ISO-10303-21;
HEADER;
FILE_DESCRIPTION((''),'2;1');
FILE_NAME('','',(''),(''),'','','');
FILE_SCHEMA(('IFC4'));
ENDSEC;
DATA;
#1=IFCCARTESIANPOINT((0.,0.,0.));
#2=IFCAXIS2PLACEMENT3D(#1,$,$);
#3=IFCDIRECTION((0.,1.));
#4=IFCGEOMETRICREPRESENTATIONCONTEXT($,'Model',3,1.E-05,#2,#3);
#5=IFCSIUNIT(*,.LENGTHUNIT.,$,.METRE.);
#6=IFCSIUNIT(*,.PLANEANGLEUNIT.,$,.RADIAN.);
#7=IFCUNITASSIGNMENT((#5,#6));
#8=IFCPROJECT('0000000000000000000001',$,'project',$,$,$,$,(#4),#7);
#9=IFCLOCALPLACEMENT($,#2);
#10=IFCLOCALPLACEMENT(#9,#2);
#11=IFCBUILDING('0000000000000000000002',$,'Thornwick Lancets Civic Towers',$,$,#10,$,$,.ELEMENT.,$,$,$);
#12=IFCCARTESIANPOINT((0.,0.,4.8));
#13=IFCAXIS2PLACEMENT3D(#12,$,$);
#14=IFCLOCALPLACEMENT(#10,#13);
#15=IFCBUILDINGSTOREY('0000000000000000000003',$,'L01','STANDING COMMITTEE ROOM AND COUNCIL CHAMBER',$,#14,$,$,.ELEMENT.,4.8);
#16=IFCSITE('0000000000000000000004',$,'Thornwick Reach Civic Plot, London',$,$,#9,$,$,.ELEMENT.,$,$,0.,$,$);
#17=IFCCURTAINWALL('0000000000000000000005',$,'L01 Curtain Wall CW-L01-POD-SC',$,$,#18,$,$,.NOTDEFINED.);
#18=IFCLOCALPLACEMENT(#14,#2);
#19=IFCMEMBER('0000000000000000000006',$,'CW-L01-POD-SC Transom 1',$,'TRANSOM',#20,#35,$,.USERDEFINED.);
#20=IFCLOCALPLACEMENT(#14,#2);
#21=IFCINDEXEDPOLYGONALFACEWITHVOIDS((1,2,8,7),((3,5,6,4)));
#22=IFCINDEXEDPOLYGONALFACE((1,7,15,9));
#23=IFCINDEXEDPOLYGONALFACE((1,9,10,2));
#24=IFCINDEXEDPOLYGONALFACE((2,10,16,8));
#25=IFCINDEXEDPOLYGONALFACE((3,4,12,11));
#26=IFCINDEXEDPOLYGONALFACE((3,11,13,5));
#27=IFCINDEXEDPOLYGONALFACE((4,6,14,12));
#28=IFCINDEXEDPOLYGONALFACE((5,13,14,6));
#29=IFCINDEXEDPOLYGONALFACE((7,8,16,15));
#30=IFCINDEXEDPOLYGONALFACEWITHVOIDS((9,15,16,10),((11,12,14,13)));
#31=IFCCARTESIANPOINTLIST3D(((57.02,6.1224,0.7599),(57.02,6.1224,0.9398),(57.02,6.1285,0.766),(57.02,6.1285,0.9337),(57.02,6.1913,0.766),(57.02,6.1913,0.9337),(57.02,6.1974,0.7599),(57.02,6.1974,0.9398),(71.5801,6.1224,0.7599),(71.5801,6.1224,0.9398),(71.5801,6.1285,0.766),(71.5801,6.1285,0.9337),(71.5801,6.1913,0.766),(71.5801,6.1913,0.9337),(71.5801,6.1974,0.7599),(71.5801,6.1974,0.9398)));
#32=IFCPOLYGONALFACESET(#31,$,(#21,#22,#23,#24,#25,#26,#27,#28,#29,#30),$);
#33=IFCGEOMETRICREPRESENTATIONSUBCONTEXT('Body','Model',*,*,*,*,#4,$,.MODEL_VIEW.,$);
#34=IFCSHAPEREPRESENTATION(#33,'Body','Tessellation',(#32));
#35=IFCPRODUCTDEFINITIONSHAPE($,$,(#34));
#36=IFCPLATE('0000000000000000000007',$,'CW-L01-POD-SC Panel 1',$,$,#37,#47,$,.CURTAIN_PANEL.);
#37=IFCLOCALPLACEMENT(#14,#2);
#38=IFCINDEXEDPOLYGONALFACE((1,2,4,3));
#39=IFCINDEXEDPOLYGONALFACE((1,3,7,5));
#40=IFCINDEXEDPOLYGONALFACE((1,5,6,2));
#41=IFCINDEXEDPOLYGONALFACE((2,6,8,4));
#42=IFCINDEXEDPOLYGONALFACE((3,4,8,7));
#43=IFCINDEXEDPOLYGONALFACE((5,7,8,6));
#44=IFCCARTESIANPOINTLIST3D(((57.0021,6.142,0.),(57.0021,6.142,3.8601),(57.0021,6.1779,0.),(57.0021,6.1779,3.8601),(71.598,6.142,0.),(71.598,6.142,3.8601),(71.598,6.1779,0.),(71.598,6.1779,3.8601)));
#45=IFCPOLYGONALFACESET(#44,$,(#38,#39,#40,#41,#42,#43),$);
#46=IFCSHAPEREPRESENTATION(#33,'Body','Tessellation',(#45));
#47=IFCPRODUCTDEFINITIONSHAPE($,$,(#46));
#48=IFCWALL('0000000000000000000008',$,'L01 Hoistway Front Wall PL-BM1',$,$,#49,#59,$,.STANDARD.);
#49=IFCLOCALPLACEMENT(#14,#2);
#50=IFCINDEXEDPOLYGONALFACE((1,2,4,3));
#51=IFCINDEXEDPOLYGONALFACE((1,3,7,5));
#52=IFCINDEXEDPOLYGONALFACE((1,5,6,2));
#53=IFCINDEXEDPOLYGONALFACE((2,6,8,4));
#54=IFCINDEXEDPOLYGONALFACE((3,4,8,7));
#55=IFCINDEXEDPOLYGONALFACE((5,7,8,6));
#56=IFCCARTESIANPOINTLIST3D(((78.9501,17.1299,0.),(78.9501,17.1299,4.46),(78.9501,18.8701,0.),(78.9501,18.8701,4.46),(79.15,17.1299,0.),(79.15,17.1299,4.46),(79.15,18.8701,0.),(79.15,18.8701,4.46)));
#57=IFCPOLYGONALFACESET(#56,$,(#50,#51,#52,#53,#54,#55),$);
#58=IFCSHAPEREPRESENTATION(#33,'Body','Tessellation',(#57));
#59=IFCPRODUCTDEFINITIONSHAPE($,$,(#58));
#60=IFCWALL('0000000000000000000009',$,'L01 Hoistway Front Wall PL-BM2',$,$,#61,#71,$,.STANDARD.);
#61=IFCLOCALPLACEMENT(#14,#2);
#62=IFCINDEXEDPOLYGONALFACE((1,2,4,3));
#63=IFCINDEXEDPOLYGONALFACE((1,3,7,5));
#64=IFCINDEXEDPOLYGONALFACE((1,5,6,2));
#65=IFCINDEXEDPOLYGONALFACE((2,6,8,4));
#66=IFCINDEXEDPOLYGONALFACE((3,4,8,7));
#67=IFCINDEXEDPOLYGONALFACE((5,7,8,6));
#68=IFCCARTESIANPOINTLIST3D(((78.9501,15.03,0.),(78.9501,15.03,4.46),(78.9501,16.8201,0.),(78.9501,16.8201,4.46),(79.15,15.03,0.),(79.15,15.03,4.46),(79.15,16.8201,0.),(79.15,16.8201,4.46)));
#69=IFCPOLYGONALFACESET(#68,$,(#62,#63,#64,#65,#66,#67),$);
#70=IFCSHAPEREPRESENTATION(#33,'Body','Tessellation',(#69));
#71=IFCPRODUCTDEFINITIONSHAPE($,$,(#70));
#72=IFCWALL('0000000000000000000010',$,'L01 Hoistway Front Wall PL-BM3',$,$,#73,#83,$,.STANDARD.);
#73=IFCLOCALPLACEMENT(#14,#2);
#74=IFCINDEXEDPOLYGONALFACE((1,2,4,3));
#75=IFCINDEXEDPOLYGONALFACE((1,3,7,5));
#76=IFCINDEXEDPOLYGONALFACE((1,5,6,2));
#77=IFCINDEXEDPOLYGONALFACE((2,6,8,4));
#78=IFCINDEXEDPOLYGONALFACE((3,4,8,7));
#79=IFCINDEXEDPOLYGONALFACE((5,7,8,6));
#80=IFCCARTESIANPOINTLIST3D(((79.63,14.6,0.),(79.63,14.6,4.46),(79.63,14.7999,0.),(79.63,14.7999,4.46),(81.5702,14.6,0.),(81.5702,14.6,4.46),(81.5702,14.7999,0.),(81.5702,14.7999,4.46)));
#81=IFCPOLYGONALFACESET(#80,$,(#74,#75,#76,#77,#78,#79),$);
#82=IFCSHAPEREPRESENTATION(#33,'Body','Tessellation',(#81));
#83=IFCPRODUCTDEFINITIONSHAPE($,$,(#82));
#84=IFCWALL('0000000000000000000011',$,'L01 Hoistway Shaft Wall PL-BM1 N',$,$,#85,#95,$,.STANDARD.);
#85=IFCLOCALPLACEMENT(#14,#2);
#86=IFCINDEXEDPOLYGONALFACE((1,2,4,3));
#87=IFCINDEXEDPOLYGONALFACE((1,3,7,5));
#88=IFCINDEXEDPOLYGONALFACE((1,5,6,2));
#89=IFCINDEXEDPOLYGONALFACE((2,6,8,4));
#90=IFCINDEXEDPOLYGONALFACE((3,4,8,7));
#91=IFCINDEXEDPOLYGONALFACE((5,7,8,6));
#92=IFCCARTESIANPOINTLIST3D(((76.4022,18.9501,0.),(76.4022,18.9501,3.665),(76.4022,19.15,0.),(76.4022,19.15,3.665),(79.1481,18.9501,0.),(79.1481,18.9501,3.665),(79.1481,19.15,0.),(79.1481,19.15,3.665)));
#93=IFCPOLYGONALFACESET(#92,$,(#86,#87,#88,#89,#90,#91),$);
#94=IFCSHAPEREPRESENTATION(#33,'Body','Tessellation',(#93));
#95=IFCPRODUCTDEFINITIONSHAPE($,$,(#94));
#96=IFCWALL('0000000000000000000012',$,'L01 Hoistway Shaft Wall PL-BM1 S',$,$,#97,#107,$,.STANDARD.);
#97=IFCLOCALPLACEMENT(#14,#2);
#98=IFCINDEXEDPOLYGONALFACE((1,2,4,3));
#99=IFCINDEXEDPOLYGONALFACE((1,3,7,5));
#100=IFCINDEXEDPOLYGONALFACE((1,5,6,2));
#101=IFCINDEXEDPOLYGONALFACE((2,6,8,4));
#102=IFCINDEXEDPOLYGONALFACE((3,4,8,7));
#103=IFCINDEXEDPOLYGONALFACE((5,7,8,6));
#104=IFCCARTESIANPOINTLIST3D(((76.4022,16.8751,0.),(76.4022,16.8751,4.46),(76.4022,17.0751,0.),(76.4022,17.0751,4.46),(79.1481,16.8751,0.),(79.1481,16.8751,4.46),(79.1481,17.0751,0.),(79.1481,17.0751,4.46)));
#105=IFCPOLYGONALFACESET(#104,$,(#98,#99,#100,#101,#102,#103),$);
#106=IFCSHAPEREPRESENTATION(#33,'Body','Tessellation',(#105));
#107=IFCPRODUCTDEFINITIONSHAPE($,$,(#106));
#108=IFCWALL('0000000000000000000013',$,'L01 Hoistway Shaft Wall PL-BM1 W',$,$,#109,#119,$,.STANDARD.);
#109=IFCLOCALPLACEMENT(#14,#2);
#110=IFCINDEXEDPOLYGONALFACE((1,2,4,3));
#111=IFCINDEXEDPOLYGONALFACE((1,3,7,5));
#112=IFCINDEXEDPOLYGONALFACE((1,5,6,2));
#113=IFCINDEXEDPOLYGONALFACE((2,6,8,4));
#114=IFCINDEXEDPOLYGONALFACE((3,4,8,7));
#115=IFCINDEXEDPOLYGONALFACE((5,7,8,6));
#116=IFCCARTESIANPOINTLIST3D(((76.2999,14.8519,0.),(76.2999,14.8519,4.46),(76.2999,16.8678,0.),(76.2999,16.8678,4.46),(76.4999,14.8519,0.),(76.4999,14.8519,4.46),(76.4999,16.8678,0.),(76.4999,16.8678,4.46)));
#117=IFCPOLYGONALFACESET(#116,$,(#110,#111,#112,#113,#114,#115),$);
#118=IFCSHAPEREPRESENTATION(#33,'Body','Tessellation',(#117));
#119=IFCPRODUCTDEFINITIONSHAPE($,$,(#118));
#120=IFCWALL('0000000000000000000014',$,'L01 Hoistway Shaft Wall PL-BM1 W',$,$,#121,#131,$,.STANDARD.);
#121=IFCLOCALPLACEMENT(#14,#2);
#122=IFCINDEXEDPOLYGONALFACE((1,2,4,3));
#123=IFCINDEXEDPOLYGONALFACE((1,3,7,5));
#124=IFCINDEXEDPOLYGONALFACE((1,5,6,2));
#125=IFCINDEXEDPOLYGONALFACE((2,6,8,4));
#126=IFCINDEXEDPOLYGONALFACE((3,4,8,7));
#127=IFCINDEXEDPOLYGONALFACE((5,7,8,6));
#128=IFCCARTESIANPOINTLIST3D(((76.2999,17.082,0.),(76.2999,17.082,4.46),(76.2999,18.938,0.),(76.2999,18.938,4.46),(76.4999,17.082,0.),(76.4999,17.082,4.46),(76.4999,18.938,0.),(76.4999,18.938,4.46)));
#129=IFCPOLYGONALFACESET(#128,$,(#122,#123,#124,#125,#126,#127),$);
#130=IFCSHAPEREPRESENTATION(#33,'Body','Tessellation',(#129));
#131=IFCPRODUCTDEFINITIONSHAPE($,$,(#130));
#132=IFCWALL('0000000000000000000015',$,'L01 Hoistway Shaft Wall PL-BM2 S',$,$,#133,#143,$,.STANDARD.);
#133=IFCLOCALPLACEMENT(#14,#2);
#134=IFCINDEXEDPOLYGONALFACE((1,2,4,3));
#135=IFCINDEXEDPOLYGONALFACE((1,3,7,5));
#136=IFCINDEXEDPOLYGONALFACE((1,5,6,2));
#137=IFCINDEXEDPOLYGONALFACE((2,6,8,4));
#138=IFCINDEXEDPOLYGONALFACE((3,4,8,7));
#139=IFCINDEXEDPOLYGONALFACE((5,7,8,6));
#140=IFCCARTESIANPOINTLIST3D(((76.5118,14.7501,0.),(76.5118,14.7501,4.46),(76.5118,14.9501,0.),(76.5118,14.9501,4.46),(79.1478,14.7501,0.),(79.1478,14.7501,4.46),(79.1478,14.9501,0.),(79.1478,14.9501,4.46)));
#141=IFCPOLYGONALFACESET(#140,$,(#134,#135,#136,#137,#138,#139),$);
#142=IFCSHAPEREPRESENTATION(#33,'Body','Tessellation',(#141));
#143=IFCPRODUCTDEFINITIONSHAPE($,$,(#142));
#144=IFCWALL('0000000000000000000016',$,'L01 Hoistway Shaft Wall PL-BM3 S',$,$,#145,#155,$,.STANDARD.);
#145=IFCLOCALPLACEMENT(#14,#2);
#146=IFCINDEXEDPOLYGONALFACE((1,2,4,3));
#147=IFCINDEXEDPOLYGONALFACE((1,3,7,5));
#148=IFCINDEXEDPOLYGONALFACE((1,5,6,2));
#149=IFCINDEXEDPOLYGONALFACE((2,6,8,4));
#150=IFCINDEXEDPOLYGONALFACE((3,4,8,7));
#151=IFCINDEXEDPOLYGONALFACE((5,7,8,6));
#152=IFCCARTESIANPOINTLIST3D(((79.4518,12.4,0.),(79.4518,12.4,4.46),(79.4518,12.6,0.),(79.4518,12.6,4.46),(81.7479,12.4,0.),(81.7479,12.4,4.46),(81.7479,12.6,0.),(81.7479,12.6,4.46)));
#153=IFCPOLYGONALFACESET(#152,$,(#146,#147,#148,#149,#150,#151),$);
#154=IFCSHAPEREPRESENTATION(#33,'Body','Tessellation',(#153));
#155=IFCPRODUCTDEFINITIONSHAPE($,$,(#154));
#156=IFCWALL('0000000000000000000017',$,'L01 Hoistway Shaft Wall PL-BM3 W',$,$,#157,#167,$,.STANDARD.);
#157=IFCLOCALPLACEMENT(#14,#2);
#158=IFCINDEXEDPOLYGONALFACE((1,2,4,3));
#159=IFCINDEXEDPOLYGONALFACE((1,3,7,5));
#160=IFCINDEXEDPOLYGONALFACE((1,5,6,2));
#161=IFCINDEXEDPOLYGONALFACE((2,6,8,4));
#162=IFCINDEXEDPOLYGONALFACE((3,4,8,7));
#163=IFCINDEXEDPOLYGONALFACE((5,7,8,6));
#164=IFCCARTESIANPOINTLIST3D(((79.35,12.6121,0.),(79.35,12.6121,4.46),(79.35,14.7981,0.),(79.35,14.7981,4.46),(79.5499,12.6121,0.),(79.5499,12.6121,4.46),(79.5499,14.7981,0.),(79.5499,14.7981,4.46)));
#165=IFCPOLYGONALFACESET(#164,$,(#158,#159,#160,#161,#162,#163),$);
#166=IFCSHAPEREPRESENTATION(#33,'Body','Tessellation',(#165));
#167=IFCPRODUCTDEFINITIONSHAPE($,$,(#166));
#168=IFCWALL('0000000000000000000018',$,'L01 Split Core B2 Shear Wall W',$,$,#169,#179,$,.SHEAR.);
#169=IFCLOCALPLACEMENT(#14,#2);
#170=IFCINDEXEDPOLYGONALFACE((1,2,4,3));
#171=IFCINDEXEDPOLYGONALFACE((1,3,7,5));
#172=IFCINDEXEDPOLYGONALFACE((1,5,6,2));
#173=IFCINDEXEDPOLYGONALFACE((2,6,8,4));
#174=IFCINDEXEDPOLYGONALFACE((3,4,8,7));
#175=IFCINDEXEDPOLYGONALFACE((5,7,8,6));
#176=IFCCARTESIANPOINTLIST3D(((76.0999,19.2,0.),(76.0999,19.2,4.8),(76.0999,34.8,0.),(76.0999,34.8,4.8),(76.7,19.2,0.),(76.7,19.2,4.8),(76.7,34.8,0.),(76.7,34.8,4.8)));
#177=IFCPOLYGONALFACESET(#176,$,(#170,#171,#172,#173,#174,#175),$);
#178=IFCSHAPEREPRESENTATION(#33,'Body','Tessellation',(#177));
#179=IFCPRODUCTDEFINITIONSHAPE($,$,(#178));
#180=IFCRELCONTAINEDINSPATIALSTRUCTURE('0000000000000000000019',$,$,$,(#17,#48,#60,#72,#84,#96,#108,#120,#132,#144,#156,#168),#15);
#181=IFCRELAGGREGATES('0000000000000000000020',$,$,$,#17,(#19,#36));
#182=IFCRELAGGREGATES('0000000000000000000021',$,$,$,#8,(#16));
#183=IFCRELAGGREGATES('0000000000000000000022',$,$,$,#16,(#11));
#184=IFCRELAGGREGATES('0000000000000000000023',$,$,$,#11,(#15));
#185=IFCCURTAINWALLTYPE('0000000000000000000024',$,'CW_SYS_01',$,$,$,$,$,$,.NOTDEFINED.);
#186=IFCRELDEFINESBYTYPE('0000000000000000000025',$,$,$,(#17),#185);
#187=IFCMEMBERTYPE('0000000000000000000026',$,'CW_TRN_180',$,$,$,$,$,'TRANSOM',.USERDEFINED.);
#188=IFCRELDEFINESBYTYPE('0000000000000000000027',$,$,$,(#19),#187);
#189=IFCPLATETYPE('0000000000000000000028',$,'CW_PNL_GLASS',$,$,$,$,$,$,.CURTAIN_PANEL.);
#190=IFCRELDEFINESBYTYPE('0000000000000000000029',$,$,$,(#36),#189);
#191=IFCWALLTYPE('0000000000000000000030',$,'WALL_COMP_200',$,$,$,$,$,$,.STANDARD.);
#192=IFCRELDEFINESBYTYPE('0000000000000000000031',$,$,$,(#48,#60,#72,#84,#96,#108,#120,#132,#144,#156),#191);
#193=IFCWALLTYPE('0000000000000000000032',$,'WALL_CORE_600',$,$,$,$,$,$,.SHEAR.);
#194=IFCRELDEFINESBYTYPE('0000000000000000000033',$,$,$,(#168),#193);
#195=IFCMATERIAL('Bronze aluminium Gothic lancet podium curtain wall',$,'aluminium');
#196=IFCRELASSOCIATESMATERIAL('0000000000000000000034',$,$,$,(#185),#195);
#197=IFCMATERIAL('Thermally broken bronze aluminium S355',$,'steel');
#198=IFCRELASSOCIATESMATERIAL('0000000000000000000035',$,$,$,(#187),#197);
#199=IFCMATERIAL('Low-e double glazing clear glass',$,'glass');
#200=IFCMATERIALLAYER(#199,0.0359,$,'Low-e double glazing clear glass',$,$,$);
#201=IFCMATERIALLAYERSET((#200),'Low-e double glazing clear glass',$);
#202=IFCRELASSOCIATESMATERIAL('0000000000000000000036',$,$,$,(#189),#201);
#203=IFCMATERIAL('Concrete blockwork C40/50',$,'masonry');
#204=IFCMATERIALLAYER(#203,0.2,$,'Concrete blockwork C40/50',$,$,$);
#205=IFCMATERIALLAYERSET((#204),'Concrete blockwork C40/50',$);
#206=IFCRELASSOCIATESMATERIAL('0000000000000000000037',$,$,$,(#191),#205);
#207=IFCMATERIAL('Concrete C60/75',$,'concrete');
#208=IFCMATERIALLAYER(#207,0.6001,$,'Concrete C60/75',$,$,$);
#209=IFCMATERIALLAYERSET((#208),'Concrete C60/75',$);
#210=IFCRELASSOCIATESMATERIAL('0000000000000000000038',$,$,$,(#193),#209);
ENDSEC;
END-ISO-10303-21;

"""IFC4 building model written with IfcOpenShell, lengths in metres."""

from ifc_helpers import new_model, si_unit, direction, frame, frame_2d, origin, origin_2d, place, context, subcontext, project, spatial, rectangle, hollow_rectangle, extrude, material, layer, layer_set, material_profile, profile_set, type_object, element, aggregate, save


model = new_model("IFC4")

# Units and contexts
model_context = context("Model", 3, precision=1e-05, world=origin(), true_north=direction((0.0, 1.0)))
body_context = subcontext(model_context, "Body", "Model", "MODEL_VIEW")
ifc_project = project(units=[si_unit("LENGTHUNIT", "METRE"), si_unit("PLANEANGLEUNIT", "RADIAN")], contexts=[model_context])

# Site, building, storey
site_placement = place(None, origin())
site = spatial("IfcSite", under=ifc_project, at=site_placement, Name="Thornwick Reach Civic Plot, London", CompositionType="ELEMENT", RefElevation=0.0)
building_placement = place(site_placement, origin())
building = spatial("IfcBuilding", under=site, at=building_placement, Name="Thornwick Lancets Civic Towers", CompositionType="ELEMENT")
storey_placement = place(building_placement, frame((0.0, 0.0, 4.8)))
storey = spatial("IfcBuildingStorey", under=building, at=storey_placement, Name="L01", Description="STANDING COMMITTEE ROOM AND COUNCIL CHAMBER", CompositionType="ELEMENT", Elevation=4.8)

# Shared definitions
ifc_material_1 = material(Name="Concrete C60/75", Category="concrete")

# Curtain wall, member, plate
ifc_material_2 = material(Name="Bronze aluminium Gothic lancet podium curtain wall", Category="aluminium")
curtain_wall_type = type_object("IfcCurtainWallType", Name="CW_SYS_01", PredefinedType="NOTDEFINED", material=ifc_material_2)
curtain_wall_placement = place(storey_placement, origin())
curtain_wall = element("IfcCurtainWall", 1, at=curtain_wall_placement, inside=storey, type_object=curtain_wall_type, Name="L01 Curtain Wall CW-L01-POD-SC", PredefinedType="NOTDEFINED")
ifc_material_3 = material(Name="Thermally broken bronze aluminium S355", Category="steel")
ifc_material_profile_1 = material_profile(ifc_material_3, hollow_rectangle(XDim=0.075, YDim=0.1799, WallThickness=0.0061, at=origin_2d()), Name="RHS 180x75x6")
ifc_profile_set_1 = profile_set([ifc_material_profile_1], Name="Thermally broken bronze aluminium S355")
member_type_1 = type_object("IfcMemberType", Name="CW_TRN_180", ElementType="TRANSOM", PredefinedType="USERDEFINED", material=ifc_profile_set_1)
member_1_placement = place(storey_placement, frame((57.02, 6.1599, 0.8499), z_axis=(1.0, 0.0, 0.0), x_axis=(0.0, 1.0, 0.0)))
member_1 = element("IfcMember", 2, at=member_1_placement, type_object=member_type_1, Name="CW-L01-POD-SC Transom 1", ObjectType="TRANSOM", PredefinedType="USERDEFINED", context=body_context, shape_type="SweptSolid", body=[
    extrude(hollow_rectangle(XDim=0.075, YDim=0.1799, WallThickness=0.0061, at=origin_2d()), origin(), (0.0, 0.0, 1.0), 14.5601),
])
ifc_material_4 = material(Name="Low-e double glazing clear glass", Category="glass")
ifc_layer_1 = layer(ifc_material_4, 0.0359, Name="Low-e double glazing clear glass")
ifc_layer_set_1 = layer_set([ifc_layer_1], Name="Low-e double glazing clear glass")
plate_type = type_object("IfcPlateType", Name="CW_PNL_GLASS", PredefinedType="CURTAIN_PANEL", material=ifc_layer_set_1)
plate_placement = place(storey_placement, frame((64.3, 6.1599, 0.0), z_axis=(0.0, 0.0, 1.0), x_axis=(1.0, 0.0, 0.0)))
plate = element("IfcPlate", 3, at=plate_placement, type_object=plate_type, Name="CW-L01-POD-SC Panel 1", PredefinedType="CURTAIN_PANEL", context=body_context, shape_type="SweptSolid", body=[
    extrude(rectangle(XDim=14.5959, YDim=0.0359, at=origin_2d()), origin(), (0.0, 0.0, 1.0), 3.8601),
])
aggregate(curtain_wall, [member_1, plate])

# Walls
ifc_material_5 = material(Name="Concrete blockwork C40/50", Category="masonry")
ifc_layer_2 = layer(ifc_material_5, 0.2, Name="Concrete blockwork C40/50")
ifc_layer_set_2 = layer_set([ifc_layer_2], Name="Concrete blockwork C40/50")
wall_type_1 = type_object("IfcWallType", Name="WALL_COMP_200", PredefinedType="STANDARD", material=ifc_layer_set_2)
wall_1_placement = place(storey_placement, frame((79.05, 17.1299, 0.0), z_axis=(0.0, 0.0, 1.0), x_axis=(0.0, 1.0, 0.0)))
element("IfcWall", 4, at=wall_1_placement, inside=storey, type_object=wall_type_1, Name="L01 Hoistway Front Wall PL-BM1", PredefinedType="STANDARD", context=body_context, shape_type="SweptSolid", body=[
    extrude(rectangle(XDim=1.7402, YDim=0.2, at=frame_2d((0.8701, 0.0))), origin(), (0.0, 0.0, 1.0), 4.46),
])
wall_2_placement = place(storey_placement, frame((79.05, 15.03, 0.0), z_axis=(0.0, 0.0, 1.0), x_axis=(0.0, 1.0, 0.0)))
element("IfcWall", 5, at=wall_2_placement, inside=storey, type_object=wall_type_1, Name="L01 Hoistway Front Wall PL-BM2", PredefinedType="STANDARD", context=body_context, shape_type="SweptSolid", body=[
    extrude(rectangle(XDim=1.79, YDim=0.2, at=frame_2d((0.895, 0.0))), origin(), (0.0, 0.0, 1.0), 4.46),
])
wall_3_placement = place(storey_placement, frame((79.6299, 14.7, 0.0), z_axis=(0.0, 0.0, 1.0), x_axis=(1.0, 0.0, 0.0)))
element("IfcWall", 6, at=wall_3_placement, inside=storey, type_object=wall_type_1, Name="L01 Hoistway Front Wall PL-BM3", PredefinedType="STANDARD", context=body_context, shape_type="SweptSolid", body=[
    extrude(rectangle(XDim=1.9402, YDim=0.2, at=frame_2d((0.9702, 0.0))), origin(), (0.0, 0.0, 1.0), 4.46),
])
wall_4_placement = place(storey_placement, frame((76.4021, 19.05, 0.0), z_axis=(0.0, 0.0, 1.0), x_axis=(1.0, 0.0, 0.0)))
element("IfcWall", 7, at=wall_4_placement, inside=storey, type_object=wall_type_1, Name="L01 Hoistway Shaft Wall PL-BM1 N", PredefinedType="STANDARD", context=body_context, shape_type="SweptSolid", body=[
    extrude(rectangle(XDim=2.7458, YDim=0.2, at=frame_2d((1.373, 0.0))), origin(), (0.0, 0.0, 1.0), 3.665),
])
wall_5_placement = place(storey_placement, frame((76.4021, 16.9751, 0.0), z_axis=(0.0, 0.0, 1.0), x_axis=(1.0, 0.0, 0.0)))
element("IfcWall", 8, at=wall_5_placement, inside=storey, type_object=wall_type_1, Name="L01 Hoistway Shaft Wall PL-BM1 S", PredefinedType="STANDARD", context=body_context, shape_type="SweptSolid", body=[
    extrude(rectangle(XDim=2.7458, YDim=0.2, at=frame_2d((1.373, 0.0))), origin(), (0.0, 0.0, 1.0), 4.46),
])
wall_6_placement = place(storey_placement, frame((76.3999, 14.8521, 0.0), z_axis=(0.0, 0.0, 1.0), x_axis=(0.0, 1.0, 0.0)))
element("IfcWall", 9, at=wall_6_placement, inside=storey, type_object=wall_type_1, Name="L01 Hoistway Shaft Wall PL-BM1 W", PredefinedType="STANDARD", context=body_context, shape_type="SweptSolid", body=[
    extrude(rectangle(XDim=2.0159, YDim=0.2, at=frame_2d((1.0078, 0.0))), origin(), (0.0, 0.0, 1.0), 4.46),
])
wall_7_placement = place(storey_placement, frame((76.3999, 17.082, 0.0), z_axis=(0.0, 0.0, 1.0), x_axis=(0.0, 1.0, 0.0)))
element("IfcWall", 10, at=wall_7_placement, inside=storey, type_object=wall_type_1, Name="L01 Hoistway Shaft Wall PL-BM1 W", PredefinedType="STANDARD", context=body_context, shape_type="SweptSolid", body=[
    extrude(rectangle(XDim=1.856, YDim=0.2, at=frame_2d((0.928, 0.0))), origin(), (0.0, 0.0, 1.0), 4.46),
])
wall_8_placement = place(storey_placement, frame((76.512, 14.8501, 0.0), z_axis=(0.0, 0.0, 1.0), x_axis=(1.0, 0.0, 0.0)))
element("IfcWall", 11, at=wall_8_placement, inside=storey, type_object=wall_type_1, Name="L01 Hoistway Shaft Wall PL-BM2 S", PredefinedType="STANDARD", context=body_context, shape_type="SweptSolid", body=[
    extrude(rectangle(XDim=2.636, YDim=0.2, at=frame_2d((1.3179, 0.0))), origin(), (0.0, 0.0, 1.0), 4.46),
])
wall_9_placement = place(storey_placement, frame((79.4519, 12.5, 0.0), z_axis=(0.0, 0.0, 1.0), x_axis=(1.0, 0.0, 0.0)))
element("IfcWall", 12, at=wall_9_placement, inside=storey, type_object=wall_type_1, Name="L01 Hoistway Shaft Wall PL-BM3 S", PredefinedType="STANDARD", context=body_context, shape_type="SweptSolid", body=[
    extrude(rectangle(XDim=2.2961, YDim=0.2, at=frame_2d((1.1479, 0.0))), origin(), (0.0, 0.0, 1.0), 4.46),
])
wall_10_placement = place(storey_placement, frame((79.45, 12.6121, 0.0), z_axis=(0.0, 0.0, 1.0), x_axis=(0.0, 1.0, 0.0)))
element("IfcWall", 13, at=wall_10_placement, inside=storey, type_object=wall_type_1, Name="L01 Hoistway Shaft Wall PL-BM3 W", PredefinedType="STANDARD", context=body_context, shape_type="SweptSolid", body=[
    extrude(rectangle(XDim=2.186, YDim=0.2, at=frame_2d((1.093, 0.0))), origin(), (0.0, 0.0, 1.0), 4.46),
])
ifc_layer_3 = layer(ifc_material_1, 0.6001, Name="Concrete C60/75")
ifc_layer_set_3 = layer_set([ifc_layer_3], Name="Concrete C60/75")
wall_type_2 = type_object("IfcWallType", Name="WALL_CORE_600", PredefinedType="SHEAR", material=ifc_layer_set_3)
wall_11_placement = place(storey_placement, frame((76.3999, 19.2, 0.0), z_axis=(0.0, 0.0, 1.0), x_axis=(0.0, 1.0, 0.0)))
element("IfcWall", 14, at=wall_11_placement, inside=storey, type_object=wall_type_2, Name="L01 Split Core B2 Shear Wall W", PredefinedType="SHEAR", context=body_context, shape_type="SweptSolid", body=[
    extrude(rectangle(XDim=15.6001, YDim=0.6001, at=frame_2d((7.8, 0.0))), origin(), (0.0, 0.0, 1.0), 4.8),
])

save(model, "model.ifc")
